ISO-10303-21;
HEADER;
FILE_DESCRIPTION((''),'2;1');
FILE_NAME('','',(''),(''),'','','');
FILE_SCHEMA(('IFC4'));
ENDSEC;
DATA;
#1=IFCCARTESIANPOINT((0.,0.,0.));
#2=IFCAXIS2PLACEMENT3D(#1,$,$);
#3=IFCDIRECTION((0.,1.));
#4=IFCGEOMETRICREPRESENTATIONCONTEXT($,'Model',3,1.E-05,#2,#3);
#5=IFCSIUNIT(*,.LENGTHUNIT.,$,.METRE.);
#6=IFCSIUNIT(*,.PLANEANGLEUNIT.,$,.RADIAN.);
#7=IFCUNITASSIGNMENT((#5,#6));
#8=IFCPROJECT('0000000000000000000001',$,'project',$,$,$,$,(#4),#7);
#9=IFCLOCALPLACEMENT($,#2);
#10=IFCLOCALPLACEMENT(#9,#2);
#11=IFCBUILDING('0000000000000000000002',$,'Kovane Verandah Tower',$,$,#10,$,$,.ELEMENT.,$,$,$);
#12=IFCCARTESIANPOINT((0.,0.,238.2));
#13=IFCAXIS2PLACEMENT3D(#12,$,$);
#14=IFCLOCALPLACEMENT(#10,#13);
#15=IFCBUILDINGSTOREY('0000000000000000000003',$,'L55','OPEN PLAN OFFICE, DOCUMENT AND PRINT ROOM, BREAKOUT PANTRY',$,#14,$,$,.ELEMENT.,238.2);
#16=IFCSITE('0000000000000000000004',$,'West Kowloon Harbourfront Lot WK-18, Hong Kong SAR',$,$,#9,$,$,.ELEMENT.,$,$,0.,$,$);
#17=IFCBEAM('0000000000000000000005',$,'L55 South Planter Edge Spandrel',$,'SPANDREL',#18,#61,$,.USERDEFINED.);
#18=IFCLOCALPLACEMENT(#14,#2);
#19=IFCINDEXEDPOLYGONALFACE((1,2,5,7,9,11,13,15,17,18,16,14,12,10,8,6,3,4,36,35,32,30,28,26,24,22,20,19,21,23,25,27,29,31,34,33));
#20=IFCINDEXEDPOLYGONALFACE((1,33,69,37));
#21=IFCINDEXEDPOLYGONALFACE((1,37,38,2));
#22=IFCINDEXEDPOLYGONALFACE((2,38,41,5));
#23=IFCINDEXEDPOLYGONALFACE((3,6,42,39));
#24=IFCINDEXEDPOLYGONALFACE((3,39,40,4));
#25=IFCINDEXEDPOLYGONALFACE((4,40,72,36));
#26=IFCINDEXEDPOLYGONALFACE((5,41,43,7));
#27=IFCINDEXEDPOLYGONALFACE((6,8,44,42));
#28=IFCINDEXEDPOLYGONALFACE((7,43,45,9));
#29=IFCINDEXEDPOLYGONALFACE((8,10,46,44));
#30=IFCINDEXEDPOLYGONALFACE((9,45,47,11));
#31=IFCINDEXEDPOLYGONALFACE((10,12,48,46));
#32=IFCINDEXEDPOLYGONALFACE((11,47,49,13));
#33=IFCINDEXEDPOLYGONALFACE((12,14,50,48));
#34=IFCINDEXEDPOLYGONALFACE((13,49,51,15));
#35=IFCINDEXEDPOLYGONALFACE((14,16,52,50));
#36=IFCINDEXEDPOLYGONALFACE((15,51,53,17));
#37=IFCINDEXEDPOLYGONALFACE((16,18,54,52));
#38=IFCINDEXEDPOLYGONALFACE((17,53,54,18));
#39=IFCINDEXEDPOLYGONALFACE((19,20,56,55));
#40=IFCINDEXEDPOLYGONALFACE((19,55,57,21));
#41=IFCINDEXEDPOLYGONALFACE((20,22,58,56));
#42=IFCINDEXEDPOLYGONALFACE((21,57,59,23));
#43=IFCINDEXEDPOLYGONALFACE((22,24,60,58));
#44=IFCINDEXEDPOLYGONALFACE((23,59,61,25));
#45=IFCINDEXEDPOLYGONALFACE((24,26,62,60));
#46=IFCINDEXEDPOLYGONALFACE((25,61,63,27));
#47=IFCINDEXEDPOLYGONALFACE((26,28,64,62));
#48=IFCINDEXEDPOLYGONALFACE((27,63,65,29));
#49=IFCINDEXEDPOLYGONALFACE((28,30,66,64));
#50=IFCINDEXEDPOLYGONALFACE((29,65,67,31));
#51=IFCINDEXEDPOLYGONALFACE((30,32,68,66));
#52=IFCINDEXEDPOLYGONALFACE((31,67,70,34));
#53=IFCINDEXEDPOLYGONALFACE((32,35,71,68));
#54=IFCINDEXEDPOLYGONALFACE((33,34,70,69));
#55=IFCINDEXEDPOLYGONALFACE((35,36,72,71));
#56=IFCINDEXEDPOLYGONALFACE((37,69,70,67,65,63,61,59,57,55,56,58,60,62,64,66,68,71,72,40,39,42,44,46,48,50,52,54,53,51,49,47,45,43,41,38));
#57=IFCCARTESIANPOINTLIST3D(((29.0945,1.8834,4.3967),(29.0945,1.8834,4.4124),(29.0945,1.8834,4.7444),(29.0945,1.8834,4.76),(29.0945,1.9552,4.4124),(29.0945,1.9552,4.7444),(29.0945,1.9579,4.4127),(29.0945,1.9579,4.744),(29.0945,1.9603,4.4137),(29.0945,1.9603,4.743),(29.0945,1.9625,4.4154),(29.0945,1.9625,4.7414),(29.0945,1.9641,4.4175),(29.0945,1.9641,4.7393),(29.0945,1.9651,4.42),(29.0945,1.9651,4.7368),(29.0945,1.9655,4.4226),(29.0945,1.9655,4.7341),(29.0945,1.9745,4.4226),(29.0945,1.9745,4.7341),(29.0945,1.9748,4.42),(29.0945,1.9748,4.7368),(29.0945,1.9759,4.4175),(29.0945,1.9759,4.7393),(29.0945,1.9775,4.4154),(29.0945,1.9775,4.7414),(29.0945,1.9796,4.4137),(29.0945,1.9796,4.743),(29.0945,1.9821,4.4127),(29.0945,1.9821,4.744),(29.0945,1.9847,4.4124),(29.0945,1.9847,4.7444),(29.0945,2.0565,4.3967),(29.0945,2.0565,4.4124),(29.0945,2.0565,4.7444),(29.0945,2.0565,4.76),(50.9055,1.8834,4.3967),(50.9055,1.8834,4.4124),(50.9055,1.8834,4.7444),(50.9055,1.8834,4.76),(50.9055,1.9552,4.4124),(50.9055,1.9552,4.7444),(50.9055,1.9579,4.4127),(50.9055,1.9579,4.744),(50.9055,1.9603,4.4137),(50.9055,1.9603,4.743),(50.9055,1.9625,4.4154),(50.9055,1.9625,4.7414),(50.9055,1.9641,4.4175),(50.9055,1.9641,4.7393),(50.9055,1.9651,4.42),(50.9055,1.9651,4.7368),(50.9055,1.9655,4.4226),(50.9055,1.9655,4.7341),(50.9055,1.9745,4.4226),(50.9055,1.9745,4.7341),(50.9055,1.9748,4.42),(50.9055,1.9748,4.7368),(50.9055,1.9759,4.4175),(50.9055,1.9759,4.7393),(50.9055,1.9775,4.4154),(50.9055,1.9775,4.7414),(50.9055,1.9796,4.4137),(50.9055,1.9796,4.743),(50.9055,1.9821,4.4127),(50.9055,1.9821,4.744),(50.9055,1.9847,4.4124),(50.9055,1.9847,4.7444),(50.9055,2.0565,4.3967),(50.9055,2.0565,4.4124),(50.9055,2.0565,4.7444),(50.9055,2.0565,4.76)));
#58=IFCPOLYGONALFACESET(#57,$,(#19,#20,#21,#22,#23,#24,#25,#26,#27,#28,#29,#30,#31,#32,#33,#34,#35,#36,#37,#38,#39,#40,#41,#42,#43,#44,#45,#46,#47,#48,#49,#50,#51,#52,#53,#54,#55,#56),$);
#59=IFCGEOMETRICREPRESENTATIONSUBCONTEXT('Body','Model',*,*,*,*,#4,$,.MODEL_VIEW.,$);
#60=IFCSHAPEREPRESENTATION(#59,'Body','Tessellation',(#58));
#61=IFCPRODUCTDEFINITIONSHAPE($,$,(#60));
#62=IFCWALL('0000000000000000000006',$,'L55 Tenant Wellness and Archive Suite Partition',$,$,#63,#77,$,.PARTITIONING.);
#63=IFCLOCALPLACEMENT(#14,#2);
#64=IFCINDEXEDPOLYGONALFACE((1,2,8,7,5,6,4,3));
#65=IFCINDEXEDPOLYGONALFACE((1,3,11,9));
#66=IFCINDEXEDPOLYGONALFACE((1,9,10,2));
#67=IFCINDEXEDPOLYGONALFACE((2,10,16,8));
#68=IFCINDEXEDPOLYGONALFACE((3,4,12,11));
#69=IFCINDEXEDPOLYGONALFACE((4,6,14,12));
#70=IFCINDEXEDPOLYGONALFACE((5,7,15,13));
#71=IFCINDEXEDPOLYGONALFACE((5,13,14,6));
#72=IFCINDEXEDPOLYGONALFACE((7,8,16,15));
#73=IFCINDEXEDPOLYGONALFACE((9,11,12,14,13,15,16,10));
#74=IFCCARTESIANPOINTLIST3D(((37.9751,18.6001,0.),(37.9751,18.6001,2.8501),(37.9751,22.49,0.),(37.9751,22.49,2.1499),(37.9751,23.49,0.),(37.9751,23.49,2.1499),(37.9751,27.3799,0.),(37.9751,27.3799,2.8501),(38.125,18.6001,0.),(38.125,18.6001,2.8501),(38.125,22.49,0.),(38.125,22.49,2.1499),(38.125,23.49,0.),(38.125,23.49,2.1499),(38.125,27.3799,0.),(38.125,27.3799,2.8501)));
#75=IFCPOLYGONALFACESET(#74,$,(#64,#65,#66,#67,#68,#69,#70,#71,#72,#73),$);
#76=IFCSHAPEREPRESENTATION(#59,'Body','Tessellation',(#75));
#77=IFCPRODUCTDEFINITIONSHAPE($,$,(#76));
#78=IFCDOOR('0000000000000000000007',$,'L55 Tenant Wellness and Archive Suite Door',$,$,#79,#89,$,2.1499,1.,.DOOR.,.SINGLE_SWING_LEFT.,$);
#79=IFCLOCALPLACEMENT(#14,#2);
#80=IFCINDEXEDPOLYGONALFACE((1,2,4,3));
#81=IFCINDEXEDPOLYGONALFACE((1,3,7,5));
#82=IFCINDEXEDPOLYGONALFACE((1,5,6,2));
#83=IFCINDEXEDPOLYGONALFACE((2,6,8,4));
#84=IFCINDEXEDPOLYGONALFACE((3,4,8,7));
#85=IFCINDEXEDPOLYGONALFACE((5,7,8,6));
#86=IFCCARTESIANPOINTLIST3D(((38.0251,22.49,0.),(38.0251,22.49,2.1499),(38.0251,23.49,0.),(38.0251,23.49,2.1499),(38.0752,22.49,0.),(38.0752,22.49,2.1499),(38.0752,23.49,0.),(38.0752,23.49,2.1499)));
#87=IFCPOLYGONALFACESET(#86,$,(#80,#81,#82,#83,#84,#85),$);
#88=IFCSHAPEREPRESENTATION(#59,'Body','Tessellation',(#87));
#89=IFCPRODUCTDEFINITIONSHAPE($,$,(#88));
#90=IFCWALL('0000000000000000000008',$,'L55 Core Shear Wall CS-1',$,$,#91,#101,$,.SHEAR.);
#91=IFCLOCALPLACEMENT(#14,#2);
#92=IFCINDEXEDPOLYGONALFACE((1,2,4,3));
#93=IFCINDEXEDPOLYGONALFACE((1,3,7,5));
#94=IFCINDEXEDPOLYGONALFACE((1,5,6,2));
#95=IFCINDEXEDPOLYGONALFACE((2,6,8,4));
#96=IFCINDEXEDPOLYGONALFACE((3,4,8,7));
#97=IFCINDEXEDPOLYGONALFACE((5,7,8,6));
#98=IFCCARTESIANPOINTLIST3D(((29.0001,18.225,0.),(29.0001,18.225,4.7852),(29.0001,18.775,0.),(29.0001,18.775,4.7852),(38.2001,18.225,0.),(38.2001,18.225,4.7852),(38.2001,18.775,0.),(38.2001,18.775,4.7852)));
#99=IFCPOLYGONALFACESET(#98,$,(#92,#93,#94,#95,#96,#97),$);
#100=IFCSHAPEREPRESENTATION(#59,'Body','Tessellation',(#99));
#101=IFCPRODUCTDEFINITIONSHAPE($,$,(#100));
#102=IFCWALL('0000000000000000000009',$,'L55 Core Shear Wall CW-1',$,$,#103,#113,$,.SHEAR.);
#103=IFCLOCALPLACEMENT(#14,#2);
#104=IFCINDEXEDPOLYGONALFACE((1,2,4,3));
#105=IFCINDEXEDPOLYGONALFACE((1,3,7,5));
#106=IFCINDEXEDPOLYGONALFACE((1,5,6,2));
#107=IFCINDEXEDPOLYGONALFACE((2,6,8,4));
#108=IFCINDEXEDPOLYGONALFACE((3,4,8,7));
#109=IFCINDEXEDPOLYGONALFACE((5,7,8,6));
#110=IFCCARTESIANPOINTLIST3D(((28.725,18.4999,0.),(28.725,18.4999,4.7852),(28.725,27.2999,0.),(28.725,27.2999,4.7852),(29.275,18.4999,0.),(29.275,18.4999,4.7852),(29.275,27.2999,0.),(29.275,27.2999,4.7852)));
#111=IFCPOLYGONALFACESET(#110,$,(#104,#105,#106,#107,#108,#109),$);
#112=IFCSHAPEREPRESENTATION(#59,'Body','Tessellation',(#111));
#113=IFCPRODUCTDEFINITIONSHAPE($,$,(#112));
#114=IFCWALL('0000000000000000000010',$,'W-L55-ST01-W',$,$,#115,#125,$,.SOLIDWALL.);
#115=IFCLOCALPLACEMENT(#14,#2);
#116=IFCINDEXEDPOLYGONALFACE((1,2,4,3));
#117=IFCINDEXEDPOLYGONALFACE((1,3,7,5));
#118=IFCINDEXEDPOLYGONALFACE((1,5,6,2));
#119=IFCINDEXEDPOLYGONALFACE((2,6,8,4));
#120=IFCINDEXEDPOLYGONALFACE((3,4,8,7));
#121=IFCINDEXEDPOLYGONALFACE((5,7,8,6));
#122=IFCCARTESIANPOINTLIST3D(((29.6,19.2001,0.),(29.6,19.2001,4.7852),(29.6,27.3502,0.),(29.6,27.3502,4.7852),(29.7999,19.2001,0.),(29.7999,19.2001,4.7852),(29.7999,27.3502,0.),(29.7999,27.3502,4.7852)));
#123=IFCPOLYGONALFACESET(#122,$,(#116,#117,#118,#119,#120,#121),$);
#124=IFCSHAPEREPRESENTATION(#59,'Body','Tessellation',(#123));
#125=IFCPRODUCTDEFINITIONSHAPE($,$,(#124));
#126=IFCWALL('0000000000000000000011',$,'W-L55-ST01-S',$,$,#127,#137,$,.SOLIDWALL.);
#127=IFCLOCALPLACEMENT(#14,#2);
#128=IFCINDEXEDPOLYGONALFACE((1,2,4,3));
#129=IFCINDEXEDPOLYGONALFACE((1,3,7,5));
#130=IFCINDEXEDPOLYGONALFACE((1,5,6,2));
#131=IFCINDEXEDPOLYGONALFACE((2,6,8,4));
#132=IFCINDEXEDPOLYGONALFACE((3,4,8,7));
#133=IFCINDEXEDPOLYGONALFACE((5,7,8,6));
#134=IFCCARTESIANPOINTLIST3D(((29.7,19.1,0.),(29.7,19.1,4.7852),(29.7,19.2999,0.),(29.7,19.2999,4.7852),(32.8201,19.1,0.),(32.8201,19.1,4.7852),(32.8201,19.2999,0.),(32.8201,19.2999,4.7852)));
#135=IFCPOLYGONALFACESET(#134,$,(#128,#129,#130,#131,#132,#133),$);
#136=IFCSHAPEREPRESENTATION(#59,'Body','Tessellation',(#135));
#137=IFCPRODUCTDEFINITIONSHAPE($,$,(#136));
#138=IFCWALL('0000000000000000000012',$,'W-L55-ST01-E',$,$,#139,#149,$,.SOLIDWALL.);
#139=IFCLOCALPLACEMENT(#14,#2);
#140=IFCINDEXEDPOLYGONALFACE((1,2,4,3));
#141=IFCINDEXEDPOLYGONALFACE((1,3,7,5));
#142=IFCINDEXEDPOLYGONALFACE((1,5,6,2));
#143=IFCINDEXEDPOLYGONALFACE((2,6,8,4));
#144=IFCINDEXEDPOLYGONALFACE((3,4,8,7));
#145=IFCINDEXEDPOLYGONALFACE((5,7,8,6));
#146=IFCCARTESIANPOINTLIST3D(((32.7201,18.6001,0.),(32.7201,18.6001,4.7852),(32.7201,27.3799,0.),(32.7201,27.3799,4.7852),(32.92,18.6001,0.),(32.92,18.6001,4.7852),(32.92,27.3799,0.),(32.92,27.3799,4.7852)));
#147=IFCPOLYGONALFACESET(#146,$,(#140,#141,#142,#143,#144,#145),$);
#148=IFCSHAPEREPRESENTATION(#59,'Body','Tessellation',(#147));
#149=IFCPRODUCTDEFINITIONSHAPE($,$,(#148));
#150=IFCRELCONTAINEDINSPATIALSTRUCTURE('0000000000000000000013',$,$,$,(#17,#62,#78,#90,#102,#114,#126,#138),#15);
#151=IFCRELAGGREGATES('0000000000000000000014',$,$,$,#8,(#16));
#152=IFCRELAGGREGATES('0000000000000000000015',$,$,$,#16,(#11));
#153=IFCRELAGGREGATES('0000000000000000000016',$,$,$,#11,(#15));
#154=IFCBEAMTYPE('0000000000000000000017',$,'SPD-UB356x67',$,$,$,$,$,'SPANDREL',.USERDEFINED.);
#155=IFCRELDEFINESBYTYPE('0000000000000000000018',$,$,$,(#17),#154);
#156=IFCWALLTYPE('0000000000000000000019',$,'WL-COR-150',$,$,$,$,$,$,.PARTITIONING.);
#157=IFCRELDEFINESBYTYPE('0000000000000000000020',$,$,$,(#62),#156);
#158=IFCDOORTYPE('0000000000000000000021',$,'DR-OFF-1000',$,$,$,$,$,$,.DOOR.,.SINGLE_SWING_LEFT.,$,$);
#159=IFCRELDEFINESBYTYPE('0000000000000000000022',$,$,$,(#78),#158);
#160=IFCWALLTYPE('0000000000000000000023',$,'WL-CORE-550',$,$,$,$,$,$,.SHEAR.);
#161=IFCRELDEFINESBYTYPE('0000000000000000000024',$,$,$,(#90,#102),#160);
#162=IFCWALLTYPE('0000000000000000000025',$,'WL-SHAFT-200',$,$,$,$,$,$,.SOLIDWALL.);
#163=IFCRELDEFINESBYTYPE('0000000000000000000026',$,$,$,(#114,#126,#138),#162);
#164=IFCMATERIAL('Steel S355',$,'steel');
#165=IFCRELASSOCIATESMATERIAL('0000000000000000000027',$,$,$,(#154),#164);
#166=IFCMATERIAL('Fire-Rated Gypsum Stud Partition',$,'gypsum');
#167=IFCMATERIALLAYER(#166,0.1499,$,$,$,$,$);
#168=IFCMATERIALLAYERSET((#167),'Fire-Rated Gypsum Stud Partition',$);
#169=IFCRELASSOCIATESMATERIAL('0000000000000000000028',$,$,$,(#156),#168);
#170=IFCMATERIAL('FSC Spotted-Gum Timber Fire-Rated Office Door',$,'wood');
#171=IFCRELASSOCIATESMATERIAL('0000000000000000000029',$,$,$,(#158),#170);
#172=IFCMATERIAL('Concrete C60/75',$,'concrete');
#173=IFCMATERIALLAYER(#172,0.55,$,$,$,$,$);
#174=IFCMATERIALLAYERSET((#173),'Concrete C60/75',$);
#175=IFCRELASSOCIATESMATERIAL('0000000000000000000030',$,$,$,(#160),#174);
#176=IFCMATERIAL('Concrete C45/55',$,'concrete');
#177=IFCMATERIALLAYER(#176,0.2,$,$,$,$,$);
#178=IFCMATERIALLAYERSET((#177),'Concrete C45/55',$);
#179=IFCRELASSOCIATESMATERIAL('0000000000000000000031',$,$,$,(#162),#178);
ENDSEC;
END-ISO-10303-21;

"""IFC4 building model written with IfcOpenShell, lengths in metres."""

from ifc_helpers import new_model, si_unit, direction, frame, frame_2d, origin, origin_2d, place, context, subcontext, project, spatial, rectangle, i_section, extrude, material, layer, layer_set, material_profile, profile_set, type_object, element, fill, save


model = new_model("IFC4")

# Units and contexts
model_context = context("Model", 3, precision=1e-05, world=origin(), true_north=direction((0.0, 1.0)))
body_context = subcontext(model_context, "Body", "Model", "MODEL_VIEW")
ifc_project = project(units=[si_unit("LENGTHUNIT", "METRE"), si_unit("PLANEANGLEUNIT", "RADIAN")], contexts=[model_context])

# Site, building, storey
site_placement = place(None, origin())
site = spatial("IfcSite", under=ifc_project, at=site_placement, Name="West Kowloon Harbourfront Lot WK-18, Hong Kong SAR", CompositionType="ELEMENT", RefElevation=0.0)
building_placement = place(site_placement, origin())
building = spatial("IfcBuilding", under=site, at=building_placement, Name="Kovane Verandah Tower", CompositionType="ELEMENT")
storey_placement = place(building_placement, frame((0.0, 0.0, 238.2)))
storey = spatial("IfcBuildingStorey", under=building, at=storey_placement, Name="L55", Description="OPEN PLAN OFFICE, DOCUMENT AND PRINT ROOM, BREAKOUT PANTRY", CompositionType="ELEMENT", Elevation=238.2)

# Shared definitions
ifc_material_1 = material(Name="Concrete C60/75", Category="concrete")

# Beam
ifc_material_2 = material(Name="Steel S355", Category="steel")
ifc_material_profile_1 = material_profile(ifc_material_2, i_section(OverallWidth=0.1731, OverallDepth=0.3633, WebThickness=0.009, FlangeThickness=0.0156, FilletRadius=0.0103, at=origin_2d()), Name="UB356x171x67")
ifc_profile_set_1 = profile_set([ifc_material_profile_1], Name="Steel S355")
beam_type_1 = type_object("IfcBeamType", Name="SPD-UB356x67", ElementType="SPANDREL", PredefinedType="USERDEFINED", material=ifc_profile_set_1)
beam_1_placement = place(storey_placement, frame((29.0945, 1.97, 4.5784), z_axis=(1.0, 0.0, 0.0), x_axis=(0.0, 1.0, 0.0)))
element("IfcBeam", 1, at=beam_1_placement, inside=storey, type_object=beam_type_1, Name="L55 South Planter Edge Spandrel", ObjectType="SPANDREL", PredefinedType="USERDEFINED", context=body_context, shape_type="SweptSolid", body=[
    extrude(i_section(OverallWidth=0.1731, OverallDepth=0.3633, WebThickness=0.009, FlangeThickness=0.0156, FilletRadius=0.0103, at=origin_2d()), origin(), (0.0, 0.0, 1.0), 21.811),
])

# Wall, opening, door
ifc_material_3 = material(Name="Fire-Rated Gypsum Stud Partition", Category="gypsum")
ifc_layer_1 = layer(ifc_material_3, 0.1499)
ifc_layer_set_1 = layer_set([ifc_layer_1], Name="Fire-Rated Gypsum Stud Partition")
wall_type_1 = type_object("IfcWallType", Name="WL-COR-150", PredefinedType="PARTITIONING", material=ifc_layer_set_1)
wall_1_placement = place(storey_placement, frame((38.05, 18.6001, 0.0), z_axis=(0.0, 0.0, 1.0), x_axis=(0.0, 1.0, 0.0)))
wall_1 = element("IfcWall", 2, at=wall_1_placement, inside=storey, type_object=wall_type_1, Name="L55 Tenant Wellness and Archive Suite Partition", PredefinedType="PARTITIONING", context=body_context, shape_type="SweptSolid", body=[
    extrude(rectangle(XDim=8.7798, YDim=0.1499, at=frame_2d((4.3899, 0.0))), origin(), (0.0, 0.0, 1.0), 2.8501),
])
opening_placement = place(wall_1_placement, frame((3.8899, 0.0, 0.0)))
opening = element("IfcOpeningElement", 3, at=opening_placement, cuts=wall_1, PredefinedType="OPENING", context=body_context, shape_type="SweptSolid", body=[
    extrude(rectangle(XDim=1.0, YDim=2.1499, at=frame_2d((0.5, 1.075))), frame((0.0, 0.075, 0.0), z_axis=(0.0, -1.0, 0.0), x_axis=(1.0, 0.0, 0.0)), (0.0, 0.0, 1.0), 0.1499),
])
ifc_material_4 = material(Name="FSC Spotted-Gum Timber Fire-Rated Office Door", Category="wood")
door_type = type_object("IfcDoorType", Name="DR-OFF-1000", OperationType="SINGLE_SWING_LEFT", PredefinedType="DOOR", material=ifc_material_4)
door_placement = place(opening_placement, origin())
door = element("IfcDoor", 4, at=door_placement, inside=storey, type_object=door_type, Name="L55 Tenant Wellness and Archive Suite Door", OperationType="SINGLE_SWING_LEFT", OverallHeight=2.1499, OverallWidth=1.0, PredefinedType="DOOR", context=body_context, shape_type="SweptSolid", body=[
    extrude(rectangle(XDim=1.0, YDim=2.1499, at=frame_2d((0.5, 1.075))), frame((0.0, 0.0249, 0.0), z_axis=(0.0, -1.0, 0.0), x_axis=(1.0, 0.0, 0.0)), (0.0, 0.0, 1.0), 0.05),
])
fill(opening, door)

# Walls
ifc_layer_2 = layer(ifc_material_1, 0.55)
ifc_layer_set_2 = layer_set([ifc_layer_2], Name="Concrete C60/75")
wall_type_2 = type_object("IfcWallType", Name="WL-CORE-550", PredefinedType="SHEAR", material=ifc_layer_set_2)
wall_2_placement = place(storey_placement, frame((29.0, 18.5, 0.0), z_axis=(0.0, 0.0, 1.0), x_axis=(1.0, 0.0, 0.0)))
element("IfcWall", 5, at=wall_2_placement, inside=storey, type_object=wall_type_2, Name="L55 Core Shear Wall CS-1", PredefinedType="SHEAR", context=body_context, shape_type="SweptSolid", body=[
    extrude(rectangle(XDim=9.2, YDim=0.55, at=frame_2d((4.6001, 0.0))), origin(), (0.0, 0.0, 1.0), 4.7852),
])
wall_3_placement = place(storey_placement, frame((29.0, 18.5, 0.0), z_axis=(0.0, 0.0, 1.0), x_axis=(0.0, 1.0, 0.0)))
element("IfcWall", 6, at=wall_3_placement, inside=storey, type_object=wall_type_2, Name="L55 Core Shear Wall CW-1", PredefinedType="SHEAR", context=body_context, shape_type="SweptSolid", body=[
    extrude(rectangle(XDim=8.8, YDim=0.55, at=frame_2d((4.3999, 0.0))), origin(), (0.0, 0.0, 1.0), 4.7852),
])
ifc_material_5 = material(Name="Concrete C45/55", Category="concrete")
ifc_layer_3 = layer(ifc_material_5, 0.2)
ifc_layer_set_3 = layer_set([ifc_layer_3], Name="Concrete C45/55")
wall_type_3 = type_object("IfcWallType", Name="WL-SHAFT-200", PredefinedType="SOLIDWALL", material=ifc_layer_set_3)
wall_4_placement = place(storey_placement, frame((29.7, 19.2, 0.0), z_axis=(0.0, 0.0, 1.0), x_axis=(0.0, 1.0, 0.0)))
element("IfcWall", 7, at=wall_4_placement, inside=storey, type_object=wall_type_3, Name="W-L55-ST01-W", PredefinedType="SOLIDWALL", context=body_context, shape_type="SweptSolid", body=[
    extrude(rectangle(XDim=8.1501, YDim=0.2, at=frame_2d((4.0752, 0.0))), origin(), (0.0, 0.0, 1.0), 4.7852),
])
wall_5_placement = place(storey_placement, frame((29.7, 19.2, 0.0), z_axis=(0.0, 0.0, 1.0), x_axis=(1.0, 0.0, 0.0)))
element("IfcWall", 8, at=wall_5_placement, inside=storey, type_object=wall_type_3, Name="W-L55-ST01-S", PredefinedType="SOLIDWALL", context=body_context, shape_type="SweptSolid", body=[
    extrude(rectangle(XDim=3.1201, YDim=0.2, at=frame_2d((1.5601, 0.0))), origin(), (0.0, 0.0, 1.0), 4.7852),
])
wall_6_placement = place(storey_placement, frame((32.8201, 18.6001, 0.0), z_axis=(0.0, 0.0, 1.0), x_axis=(0.0, 1.0, 0.0)))
element("IfcWall", 9, at=wall_6_placement, inside=storey, type_object=wall_type_3, Name="W-L55-ST01-E", PredefinedType="SOLIDWALL", context=body_context, shape_type="SweptSolid", body=[
    extrude(rectangle(XDim=8.7798, YDim=0.2, at=frame_2d((4.3899, 0.0))), origin(), (0.0, 0.0, 1.0), 4.7852),
])

save(model, "model.ifc")
